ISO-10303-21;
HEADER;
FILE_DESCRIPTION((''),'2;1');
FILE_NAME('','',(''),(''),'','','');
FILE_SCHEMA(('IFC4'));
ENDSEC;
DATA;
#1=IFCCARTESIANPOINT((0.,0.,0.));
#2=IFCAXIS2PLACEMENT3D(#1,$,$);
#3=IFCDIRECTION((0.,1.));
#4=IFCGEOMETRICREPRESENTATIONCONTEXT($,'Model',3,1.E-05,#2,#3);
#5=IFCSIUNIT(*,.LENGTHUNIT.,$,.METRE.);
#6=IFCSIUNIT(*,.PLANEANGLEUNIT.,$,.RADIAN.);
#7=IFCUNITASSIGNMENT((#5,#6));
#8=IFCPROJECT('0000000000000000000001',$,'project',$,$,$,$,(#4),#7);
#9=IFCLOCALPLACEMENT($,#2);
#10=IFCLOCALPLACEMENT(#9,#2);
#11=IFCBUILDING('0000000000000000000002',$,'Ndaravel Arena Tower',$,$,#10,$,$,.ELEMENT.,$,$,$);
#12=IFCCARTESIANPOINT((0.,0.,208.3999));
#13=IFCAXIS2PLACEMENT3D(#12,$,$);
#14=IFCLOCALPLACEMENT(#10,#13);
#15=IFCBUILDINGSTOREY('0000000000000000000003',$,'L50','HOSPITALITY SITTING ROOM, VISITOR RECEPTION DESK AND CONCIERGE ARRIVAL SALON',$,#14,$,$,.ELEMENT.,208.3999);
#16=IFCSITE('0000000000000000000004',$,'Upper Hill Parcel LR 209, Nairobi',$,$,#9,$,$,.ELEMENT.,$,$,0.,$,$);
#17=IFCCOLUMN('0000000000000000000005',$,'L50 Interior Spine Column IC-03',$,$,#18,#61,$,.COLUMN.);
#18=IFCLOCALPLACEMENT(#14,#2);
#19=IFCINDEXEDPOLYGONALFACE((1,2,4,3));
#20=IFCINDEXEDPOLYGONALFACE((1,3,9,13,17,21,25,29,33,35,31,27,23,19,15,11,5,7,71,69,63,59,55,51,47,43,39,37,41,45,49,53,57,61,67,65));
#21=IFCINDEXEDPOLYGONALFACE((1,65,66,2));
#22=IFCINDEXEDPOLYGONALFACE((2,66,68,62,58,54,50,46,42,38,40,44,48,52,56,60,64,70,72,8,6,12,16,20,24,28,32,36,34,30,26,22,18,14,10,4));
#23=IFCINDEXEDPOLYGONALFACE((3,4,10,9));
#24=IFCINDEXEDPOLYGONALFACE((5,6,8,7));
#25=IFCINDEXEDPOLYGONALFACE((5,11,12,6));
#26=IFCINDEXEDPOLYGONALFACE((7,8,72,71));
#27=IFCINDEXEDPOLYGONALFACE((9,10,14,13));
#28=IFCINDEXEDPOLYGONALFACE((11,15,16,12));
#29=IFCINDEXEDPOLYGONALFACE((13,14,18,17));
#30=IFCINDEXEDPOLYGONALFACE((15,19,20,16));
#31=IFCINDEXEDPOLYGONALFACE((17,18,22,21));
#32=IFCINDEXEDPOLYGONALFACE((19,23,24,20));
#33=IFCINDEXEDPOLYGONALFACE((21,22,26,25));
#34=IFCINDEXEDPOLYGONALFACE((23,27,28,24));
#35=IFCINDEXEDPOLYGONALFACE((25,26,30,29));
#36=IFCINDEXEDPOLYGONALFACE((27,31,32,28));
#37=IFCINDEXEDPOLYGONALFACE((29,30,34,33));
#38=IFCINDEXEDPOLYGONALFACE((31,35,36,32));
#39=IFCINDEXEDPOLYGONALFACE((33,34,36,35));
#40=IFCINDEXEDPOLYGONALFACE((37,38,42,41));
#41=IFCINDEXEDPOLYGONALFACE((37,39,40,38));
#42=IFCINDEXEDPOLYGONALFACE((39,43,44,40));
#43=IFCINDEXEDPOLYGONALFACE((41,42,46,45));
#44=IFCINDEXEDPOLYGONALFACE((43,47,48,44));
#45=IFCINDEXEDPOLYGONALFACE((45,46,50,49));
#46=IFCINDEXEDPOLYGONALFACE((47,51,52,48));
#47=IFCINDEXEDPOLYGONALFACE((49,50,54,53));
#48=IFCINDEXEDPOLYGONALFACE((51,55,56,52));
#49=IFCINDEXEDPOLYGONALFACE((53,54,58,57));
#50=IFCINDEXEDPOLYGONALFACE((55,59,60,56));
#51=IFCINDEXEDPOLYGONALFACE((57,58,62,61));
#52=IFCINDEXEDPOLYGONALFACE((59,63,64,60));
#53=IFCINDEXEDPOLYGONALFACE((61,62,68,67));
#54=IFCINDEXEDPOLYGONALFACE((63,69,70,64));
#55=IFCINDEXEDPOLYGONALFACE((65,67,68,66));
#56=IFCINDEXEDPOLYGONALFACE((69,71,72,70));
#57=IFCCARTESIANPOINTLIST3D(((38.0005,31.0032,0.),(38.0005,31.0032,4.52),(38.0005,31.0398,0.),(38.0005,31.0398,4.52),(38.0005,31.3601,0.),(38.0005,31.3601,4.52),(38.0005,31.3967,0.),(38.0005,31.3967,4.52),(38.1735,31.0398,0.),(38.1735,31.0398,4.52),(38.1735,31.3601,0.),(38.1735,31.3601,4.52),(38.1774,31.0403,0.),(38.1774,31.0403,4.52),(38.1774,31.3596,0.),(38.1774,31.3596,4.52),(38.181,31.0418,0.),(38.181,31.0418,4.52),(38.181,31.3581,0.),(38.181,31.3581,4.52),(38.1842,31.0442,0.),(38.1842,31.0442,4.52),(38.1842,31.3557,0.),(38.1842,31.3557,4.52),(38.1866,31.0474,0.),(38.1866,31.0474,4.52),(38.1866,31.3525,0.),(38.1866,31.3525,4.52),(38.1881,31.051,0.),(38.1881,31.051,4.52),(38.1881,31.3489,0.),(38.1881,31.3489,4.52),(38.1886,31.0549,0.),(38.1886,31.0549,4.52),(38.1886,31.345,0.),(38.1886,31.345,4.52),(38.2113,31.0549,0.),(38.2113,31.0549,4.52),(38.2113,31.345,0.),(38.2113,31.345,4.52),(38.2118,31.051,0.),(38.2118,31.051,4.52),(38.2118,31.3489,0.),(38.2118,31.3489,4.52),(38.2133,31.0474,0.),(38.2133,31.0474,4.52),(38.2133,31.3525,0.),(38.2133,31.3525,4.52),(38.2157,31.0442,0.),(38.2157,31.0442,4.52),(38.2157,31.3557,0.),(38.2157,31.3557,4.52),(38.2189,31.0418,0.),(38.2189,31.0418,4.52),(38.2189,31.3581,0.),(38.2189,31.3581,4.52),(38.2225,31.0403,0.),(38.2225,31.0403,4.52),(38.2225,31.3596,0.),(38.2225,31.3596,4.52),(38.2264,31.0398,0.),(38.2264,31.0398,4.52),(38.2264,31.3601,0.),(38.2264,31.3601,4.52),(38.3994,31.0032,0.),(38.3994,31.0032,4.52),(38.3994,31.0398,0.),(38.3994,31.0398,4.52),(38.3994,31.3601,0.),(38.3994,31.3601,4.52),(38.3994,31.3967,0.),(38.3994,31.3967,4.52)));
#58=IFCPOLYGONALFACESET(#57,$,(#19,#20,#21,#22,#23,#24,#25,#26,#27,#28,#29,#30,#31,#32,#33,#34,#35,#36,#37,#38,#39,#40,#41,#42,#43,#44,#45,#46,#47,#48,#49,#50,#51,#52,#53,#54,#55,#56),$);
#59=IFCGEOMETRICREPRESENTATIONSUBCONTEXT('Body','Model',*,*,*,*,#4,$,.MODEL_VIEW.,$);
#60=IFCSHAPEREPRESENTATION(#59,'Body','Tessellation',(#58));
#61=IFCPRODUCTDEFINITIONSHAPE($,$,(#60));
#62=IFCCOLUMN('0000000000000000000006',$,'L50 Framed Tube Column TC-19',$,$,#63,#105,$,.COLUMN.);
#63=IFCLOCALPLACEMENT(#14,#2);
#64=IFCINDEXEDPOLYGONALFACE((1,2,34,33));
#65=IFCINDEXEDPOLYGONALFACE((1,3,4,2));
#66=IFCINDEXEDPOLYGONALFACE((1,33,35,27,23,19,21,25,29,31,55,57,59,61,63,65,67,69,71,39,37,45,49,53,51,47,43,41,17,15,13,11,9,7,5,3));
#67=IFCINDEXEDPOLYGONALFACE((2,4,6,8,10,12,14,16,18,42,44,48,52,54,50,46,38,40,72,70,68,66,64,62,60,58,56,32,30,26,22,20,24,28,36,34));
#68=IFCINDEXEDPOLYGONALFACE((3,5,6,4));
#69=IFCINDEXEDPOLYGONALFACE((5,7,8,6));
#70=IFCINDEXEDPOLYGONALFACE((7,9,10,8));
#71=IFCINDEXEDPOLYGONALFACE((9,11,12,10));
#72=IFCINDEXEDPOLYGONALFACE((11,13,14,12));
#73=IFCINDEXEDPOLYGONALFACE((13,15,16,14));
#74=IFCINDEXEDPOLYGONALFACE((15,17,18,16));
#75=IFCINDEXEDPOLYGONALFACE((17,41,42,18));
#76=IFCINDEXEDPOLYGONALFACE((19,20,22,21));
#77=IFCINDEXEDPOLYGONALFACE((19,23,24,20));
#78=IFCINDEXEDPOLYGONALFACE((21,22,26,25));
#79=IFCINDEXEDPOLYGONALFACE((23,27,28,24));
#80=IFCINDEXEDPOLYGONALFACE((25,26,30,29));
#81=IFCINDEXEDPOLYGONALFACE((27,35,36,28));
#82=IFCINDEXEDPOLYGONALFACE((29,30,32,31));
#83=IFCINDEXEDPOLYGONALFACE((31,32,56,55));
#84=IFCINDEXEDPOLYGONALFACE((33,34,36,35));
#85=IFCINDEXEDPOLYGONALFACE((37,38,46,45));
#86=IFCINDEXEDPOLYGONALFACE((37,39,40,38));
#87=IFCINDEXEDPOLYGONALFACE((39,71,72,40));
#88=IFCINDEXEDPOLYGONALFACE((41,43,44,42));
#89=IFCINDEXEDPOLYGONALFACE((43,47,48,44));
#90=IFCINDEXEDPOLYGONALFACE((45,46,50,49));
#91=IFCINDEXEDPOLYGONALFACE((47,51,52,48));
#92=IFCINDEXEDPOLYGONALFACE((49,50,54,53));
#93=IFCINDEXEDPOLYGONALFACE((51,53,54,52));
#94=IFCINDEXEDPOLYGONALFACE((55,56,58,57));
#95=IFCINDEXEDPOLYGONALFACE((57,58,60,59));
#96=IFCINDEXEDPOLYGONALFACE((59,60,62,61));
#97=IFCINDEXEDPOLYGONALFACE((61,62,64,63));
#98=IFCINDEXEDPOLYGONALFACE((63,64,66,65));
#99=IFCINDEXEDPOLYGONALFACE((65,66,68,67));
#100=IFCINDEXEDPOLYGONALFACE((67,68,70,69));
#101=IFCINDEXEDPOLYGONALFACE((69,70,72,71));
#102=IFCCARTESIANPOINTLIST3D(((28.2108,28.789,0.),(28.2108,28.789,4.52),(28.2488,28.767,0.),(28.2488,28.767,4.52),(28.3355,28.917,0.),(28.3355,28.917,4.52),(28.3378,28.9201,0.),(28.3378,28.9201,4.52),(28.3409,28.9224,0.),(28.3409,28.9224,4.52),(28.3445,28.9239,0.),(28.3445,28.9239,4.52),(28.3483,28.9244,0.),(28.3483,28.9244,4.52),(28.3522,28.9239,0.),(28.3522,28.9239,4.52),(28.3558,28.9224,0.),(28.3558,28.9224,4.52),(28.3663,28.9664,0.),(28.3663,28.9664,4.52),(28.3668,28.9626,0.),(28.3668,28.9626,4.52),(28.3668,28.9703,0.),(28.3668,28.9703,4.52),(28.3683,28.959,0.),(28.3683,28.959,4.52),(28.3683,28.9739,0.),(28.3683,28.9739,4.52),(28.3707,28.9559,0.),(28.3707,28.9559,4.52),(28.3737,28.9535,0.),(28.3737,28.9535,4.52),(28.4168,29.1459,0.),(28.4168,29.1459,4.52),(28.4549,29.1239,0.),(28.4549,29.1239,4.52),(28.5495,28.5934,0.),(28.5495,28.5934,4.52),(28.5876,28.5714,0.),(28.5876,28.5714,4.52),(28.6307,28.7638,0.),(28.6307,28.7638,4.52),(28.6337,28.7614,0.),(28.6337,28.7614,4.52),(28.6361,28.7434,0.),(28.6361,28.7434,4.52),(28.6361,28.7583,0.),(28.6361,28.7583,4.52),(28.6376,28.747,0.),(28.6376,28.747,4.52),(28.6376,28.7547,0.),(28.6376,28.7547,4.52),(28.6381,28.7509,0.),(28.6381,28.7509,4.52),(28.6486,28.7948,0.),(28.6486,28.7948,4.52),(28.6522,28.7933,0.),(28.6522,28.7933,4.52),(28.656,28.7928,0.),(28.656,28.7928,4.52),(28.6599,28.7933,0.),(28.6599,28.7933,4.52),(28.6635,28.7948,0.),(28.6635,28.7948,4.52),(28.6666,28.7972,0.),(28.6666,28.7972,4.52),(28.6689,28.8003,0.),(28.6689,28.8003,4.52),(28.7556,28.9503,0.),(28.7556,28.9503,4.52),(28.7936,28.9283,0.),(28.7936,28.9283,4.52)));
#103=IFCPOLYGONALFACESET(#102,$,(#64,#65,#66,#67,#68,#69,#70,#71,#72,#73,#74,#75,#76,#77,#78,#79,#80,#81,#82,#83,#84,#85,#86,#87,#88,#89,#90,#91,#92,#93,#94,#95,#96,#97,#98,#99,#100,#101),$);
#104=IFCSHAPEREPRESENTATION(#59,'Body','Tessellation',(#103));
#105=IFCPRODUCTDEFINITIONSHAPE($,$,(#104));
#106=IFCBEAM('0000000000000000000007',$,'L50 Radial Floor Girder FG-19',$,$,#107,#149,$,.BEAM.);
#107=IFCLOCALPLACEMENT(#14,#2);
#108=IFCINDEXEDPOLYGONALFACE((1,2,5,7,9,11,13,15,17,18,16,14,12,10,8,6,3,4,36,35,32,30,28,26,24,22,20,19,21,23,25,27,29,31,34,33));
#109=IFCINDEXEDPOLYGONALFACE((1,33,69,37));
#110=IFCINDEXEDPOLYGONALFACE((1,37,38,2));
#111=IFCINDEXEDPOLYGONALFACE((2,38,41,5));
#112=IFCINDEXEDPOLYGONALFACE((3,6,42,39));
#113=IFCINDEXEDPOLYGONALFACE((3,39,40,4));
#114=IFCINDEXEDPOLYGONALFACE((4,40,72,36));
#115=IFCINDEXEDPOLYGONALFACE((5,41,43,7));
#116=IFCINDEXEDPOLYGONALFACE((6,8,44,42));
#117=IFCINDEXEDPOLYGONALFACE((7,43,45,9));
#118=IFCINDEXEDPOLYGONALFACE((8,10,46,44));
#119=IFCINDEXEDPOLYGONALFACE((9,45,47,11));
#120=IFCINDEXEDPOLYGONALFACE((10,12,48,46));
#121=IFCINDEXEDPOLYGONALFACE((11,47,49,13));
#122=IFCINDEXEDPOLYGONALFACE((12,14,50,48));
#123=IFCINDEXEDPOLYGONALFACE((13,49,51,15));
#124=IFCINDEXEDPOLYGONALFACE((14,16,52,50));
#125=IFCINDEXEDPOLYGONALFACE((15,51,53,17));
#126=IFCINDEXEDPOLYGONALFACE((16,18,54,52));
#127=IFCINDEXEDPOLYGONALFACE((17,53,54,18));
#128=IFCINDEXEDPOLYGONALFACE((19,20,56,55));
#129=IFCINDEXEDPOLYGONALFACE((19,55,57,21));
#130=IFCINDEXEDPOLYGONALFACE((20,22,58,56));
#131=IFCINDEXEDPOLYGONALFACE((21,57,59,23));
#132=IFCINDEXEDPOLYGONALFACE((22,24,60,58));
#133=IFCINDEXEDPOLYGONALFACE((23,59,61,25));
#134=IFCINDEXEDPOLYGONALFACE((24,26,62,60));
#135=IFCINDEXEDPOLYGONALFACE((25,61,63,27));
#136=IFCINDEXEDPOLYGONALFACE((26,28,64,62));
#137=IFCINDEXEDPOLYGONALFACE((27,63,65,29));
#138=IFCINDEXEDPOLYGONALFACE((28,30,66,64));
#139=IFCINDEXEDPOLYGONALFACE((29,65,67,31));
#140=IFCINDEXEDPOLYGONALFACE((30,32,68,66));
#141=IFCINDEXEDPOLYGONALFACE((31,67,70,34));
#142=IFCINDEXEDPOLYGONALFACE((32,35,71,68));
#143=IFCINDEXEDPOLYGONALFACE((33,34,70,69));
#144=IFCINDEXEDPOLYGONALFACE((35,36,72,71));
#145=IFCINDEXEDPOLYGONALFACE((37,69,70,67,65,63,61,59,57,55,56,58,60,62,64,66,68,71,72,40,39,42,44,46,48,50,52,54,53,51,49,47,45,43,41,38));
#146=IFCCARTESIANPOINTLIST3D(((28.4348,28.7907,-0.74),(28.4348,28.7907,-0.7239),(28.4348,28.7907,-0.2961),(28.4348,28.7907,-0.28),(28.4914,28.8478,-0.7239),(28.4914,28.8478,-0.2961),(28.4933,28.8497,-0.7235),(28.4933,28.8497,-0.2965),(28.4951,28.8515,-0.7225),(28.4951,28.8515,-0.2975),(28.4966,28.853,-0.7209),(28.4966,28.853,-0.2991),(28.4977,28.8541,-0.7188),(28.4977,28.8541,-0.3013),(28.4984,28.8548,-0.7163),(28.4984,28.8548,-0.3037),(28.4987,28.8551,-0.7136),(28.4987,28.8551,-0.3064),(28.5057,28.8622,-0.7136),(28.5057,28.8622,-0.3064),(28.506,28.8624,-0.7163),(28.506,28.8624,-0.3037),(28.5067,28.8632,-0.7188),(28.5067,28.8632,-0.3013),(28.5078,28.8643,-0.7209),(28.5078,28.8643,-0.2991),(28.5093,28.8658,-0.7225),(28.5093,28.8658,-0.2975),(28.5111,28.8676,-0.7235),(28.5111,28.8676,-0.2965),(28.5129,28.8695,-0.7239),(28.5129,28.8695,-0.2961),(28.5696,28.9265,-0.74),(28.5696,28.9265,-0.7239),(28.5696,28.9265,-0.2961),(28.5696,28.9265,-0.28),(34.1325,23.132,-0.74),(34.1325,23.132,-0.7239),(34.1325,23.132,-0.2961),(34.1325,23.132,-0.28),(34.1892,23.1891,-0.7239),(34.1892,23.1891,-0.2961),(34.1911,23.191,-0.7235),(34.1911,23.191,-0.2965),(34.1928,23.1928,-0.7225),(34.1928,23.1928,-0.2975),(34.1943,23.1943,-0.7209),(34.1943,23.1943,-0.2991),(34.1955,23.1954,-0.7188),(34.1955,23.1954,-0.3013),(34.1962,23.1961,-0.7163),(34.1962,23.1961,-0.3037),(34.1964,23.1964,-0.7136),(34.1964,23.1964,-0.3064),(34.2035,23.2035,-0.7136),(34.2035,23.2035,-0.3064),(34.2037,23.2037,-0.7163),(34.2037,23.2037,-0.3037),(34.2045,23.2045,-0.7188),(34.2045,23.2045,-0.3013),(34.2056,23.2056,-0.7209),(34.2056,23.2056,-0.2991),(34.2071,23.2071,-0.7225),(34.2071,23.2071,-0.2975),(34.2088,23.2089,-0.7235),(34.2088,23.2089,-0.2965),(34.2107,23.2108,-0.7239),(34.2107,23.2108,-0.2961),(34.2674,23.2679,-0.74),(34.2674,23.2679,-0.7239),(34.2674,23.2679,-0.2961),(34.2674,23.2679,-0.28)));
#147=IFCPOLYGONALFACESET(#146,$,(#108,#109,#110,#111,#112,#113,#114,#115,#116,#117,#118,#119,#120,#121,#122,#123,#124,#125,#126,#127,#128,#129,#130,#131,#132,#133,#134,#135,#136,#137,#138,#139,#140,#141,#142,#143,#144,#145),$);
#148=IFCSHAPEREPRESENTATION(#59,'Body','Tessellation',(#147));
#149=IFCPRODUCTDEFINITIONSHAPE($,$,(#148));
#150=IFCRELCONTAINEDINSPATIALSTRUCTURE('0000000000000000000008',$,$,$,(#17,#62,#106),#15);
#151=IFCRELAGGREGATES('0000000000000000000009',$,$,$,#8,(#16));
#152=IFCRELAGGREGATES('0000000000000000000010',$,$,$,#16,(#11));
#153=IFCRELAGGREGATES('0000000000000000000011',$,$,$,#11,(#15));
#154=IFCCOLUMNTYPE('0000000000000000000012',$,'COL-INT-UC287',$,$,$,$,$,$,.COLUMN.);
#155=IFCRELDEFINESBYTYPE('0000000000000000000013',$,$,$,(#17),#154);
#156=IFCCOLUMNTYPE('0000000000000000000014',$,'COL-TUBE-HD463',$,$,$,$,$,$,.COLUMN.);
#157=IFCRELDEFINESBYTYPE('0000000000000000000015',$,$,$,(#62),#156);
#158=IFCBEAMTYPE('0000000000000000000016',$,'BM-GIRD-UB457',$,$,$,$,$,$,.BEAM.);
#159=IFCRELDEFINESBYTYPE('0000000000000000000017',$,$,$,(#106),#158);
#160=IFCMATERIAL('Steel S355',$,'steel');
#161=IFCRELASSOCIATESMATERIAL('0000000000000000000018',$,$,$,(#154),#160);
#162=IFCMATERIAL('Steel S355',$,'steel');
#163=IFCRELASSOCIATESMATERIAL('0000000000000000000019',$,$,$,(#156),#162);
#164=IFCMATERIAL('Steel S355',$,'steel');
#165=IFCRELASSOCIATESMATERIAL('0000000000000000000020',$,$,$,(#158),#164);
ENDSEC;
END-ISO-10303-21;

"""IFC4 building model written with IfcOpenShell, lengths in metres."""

from ifc_helpers import new_model, si_unit, direction, frame, origin, origin_2d, place, context, subcontext, project, spatial, i_section, extrude, material, material_profile, profile_set, type_object, element, save


model = new_model("IFC4")

# Units and contexts
model_context = context("Model", 3, precision=1e-05, world=origin(), true_north=direction((0.0, 1.0)))
body_context = subcontext(model_context, "Body", "Model", "MODEL_VIEW")
ifc_project = project(units=[si_unit("LENGTHUNIT", "METRE"), si_unit("PLANEANGLEUNIT", "RADIAN")], contexts=[model_context])

# Site, building, storey
site_placement = place(None, origin())
site = spatial("IfcSite", under=ifc_project, at=site_placement, Name="Upper Hill Parcel LR 209, Nairobi", CompositionType="ELEMENT", RefElevation=0.0)
building_placement = place(site_placement, origin())
building = spatial("IfcBuilding", under=site, at=building_placement, Name="Ndaravel Arena Tower", CompositionType="ELEMENT")
storey_placement = place(building_placement, frame((0.0, 0.0, 208.3999)))
storey = spatial("IfcBuildingStorey", under=building, at=storey_placement, Name="L50", Description="HOSPITALITY SITTING ROOM, VISITOR RECEPTION DESK AND CONCIERGE ARRIVAL SALON", CompositionType="ELEMENT", Elevation=208.3999)

# Columns
ifc_material_1 = material(Name="Steel S355", Category="steel")
ifc_material_profile_1 = material_profile(ifc_material_1, i_section(OverallWidth=0.3989, OverallDepth=0.3936, WebThickness=0.0227, FlangeThickness=0.0366, FilletRadius=0.0151, at=origin_2d()), Name="UC 356x406x287")
ifc_profile_set_1 = profile_set([ifc_material_profile_1], Name="Steel S355")
column_type_1 = type_object("IfcColumnType", Name="COL-INT-UC287", PredefinedType="COLUMN", material=ifc_profile_set_1)
column_1_placement = place(storey_placement, frame((38.2, 31.2, 0.0), z_axis=(0.0, 0.0, 1.0), x_axis=(1.0, 0.0, 0.0)))
element("IfcColumn", 1, at=column_1_placement, inside=storey, type_object=column_type_1, Name="L50 Interior Spine Column IC-03", PredefinedType="COLUMN", context=body_context, shape_type="SweptSolid", body=[
    extrude(i_section(OverallWidth=0.3989, OverallDepth=0.3936, WebThickness=0.0227, FlangeThickness=0.0366, FilletRadius=0.0151, at=origin_2d()), origin(), (0.0, 0.0, 1.0), 4.52),
])
ifc_material_2 = material(Name="Steel S355", Category="steel")
ifc_material_profile_2 = material_profile(ifc_material_2, i_section(OverallWidth=0.4121, OverallDepth=0.4351, WebThickness=0.0359, FlangeThickness=0.0439, FilletRadius=0.0149, at=origin_2d()), Name="HD 400x463")
ifc_profile_set_2 = profile_set([ifc_material_profile_2], Name="Steel S355")
column_type_2 = type_object("IfcColumnType", Name="COL-TUBE-HD463", PredefinedType="COLUMN", material=ifc_profile_set_2)
column_2_placement = place(storey_placement, frame((28.5022, 28.8586, 0.0), z_axis=(0.0, 0.0, 1.0), x_axis=(0.5, 0.866025, 0.0)))
element("IfcColumn", 2, at=column_2_placement, inside=storey, type_object=column_type_2, Name="L50 Framed Tube Column TC-19", PredefinedType="COLUMN", context=body_context, shape_type="SweptSolid", body=[
    extrude(i_section(OverallWidth=0.4121, OverallDepth=0.4351, WebThickness=0.0359, FlangeThickness=0.0439, FilletRadius=0.0149, at=origin_2d()), origin(), (0.0, 0.0, 1.0), 4.52),
])

# Beam
ifc_material_3 = material(Name="Steel S355", Category="steel")
ifc_material_profile_3 = material_profile(ifc_material_3, i_section(OverallWidth=0.1914, OverallDepth=0.46, WebThickness=0.01, FlangeThickness=0.0161, FilletRadius=0.0103, at=origin_2d()), Name="UB 457x191x82")
ifc_profile_set_3 = profile_set([ifc_material_profile_3], Name="Steel S355")
beam_type_1 = type_object("IfcBeamType", Name="BM-GIRD-UB457", PredefinedType="BEAM", material=ifc_profile_set_3)
beam_1_placement = place(storey_placement, frame((28.5022, 28.8586, -0.51), z_axis=(0.709535, -0.70467, 0.0), x_axis=(0.70467, 0.709535, 0.0)))
element("IfcBeam", 3, at=beam_1_placement, inside=storey, type_object=beam_type_1, Name="L50 Radial Floor Girder FG-19", PredefinedType="BEAM", context=body_context, shape_type="SweptSolid", body=[
    extrude(i_section(OverallWidth=0.1914, OverallDepth=0.46, WebThickness=0.01, FlangeThickness=0.0161, FilletRadius=0.0103, at=origin_2d()), origin(), (0.0, 0.0, 1.0), 8.0303),
])

save(model, "model.ifc")
